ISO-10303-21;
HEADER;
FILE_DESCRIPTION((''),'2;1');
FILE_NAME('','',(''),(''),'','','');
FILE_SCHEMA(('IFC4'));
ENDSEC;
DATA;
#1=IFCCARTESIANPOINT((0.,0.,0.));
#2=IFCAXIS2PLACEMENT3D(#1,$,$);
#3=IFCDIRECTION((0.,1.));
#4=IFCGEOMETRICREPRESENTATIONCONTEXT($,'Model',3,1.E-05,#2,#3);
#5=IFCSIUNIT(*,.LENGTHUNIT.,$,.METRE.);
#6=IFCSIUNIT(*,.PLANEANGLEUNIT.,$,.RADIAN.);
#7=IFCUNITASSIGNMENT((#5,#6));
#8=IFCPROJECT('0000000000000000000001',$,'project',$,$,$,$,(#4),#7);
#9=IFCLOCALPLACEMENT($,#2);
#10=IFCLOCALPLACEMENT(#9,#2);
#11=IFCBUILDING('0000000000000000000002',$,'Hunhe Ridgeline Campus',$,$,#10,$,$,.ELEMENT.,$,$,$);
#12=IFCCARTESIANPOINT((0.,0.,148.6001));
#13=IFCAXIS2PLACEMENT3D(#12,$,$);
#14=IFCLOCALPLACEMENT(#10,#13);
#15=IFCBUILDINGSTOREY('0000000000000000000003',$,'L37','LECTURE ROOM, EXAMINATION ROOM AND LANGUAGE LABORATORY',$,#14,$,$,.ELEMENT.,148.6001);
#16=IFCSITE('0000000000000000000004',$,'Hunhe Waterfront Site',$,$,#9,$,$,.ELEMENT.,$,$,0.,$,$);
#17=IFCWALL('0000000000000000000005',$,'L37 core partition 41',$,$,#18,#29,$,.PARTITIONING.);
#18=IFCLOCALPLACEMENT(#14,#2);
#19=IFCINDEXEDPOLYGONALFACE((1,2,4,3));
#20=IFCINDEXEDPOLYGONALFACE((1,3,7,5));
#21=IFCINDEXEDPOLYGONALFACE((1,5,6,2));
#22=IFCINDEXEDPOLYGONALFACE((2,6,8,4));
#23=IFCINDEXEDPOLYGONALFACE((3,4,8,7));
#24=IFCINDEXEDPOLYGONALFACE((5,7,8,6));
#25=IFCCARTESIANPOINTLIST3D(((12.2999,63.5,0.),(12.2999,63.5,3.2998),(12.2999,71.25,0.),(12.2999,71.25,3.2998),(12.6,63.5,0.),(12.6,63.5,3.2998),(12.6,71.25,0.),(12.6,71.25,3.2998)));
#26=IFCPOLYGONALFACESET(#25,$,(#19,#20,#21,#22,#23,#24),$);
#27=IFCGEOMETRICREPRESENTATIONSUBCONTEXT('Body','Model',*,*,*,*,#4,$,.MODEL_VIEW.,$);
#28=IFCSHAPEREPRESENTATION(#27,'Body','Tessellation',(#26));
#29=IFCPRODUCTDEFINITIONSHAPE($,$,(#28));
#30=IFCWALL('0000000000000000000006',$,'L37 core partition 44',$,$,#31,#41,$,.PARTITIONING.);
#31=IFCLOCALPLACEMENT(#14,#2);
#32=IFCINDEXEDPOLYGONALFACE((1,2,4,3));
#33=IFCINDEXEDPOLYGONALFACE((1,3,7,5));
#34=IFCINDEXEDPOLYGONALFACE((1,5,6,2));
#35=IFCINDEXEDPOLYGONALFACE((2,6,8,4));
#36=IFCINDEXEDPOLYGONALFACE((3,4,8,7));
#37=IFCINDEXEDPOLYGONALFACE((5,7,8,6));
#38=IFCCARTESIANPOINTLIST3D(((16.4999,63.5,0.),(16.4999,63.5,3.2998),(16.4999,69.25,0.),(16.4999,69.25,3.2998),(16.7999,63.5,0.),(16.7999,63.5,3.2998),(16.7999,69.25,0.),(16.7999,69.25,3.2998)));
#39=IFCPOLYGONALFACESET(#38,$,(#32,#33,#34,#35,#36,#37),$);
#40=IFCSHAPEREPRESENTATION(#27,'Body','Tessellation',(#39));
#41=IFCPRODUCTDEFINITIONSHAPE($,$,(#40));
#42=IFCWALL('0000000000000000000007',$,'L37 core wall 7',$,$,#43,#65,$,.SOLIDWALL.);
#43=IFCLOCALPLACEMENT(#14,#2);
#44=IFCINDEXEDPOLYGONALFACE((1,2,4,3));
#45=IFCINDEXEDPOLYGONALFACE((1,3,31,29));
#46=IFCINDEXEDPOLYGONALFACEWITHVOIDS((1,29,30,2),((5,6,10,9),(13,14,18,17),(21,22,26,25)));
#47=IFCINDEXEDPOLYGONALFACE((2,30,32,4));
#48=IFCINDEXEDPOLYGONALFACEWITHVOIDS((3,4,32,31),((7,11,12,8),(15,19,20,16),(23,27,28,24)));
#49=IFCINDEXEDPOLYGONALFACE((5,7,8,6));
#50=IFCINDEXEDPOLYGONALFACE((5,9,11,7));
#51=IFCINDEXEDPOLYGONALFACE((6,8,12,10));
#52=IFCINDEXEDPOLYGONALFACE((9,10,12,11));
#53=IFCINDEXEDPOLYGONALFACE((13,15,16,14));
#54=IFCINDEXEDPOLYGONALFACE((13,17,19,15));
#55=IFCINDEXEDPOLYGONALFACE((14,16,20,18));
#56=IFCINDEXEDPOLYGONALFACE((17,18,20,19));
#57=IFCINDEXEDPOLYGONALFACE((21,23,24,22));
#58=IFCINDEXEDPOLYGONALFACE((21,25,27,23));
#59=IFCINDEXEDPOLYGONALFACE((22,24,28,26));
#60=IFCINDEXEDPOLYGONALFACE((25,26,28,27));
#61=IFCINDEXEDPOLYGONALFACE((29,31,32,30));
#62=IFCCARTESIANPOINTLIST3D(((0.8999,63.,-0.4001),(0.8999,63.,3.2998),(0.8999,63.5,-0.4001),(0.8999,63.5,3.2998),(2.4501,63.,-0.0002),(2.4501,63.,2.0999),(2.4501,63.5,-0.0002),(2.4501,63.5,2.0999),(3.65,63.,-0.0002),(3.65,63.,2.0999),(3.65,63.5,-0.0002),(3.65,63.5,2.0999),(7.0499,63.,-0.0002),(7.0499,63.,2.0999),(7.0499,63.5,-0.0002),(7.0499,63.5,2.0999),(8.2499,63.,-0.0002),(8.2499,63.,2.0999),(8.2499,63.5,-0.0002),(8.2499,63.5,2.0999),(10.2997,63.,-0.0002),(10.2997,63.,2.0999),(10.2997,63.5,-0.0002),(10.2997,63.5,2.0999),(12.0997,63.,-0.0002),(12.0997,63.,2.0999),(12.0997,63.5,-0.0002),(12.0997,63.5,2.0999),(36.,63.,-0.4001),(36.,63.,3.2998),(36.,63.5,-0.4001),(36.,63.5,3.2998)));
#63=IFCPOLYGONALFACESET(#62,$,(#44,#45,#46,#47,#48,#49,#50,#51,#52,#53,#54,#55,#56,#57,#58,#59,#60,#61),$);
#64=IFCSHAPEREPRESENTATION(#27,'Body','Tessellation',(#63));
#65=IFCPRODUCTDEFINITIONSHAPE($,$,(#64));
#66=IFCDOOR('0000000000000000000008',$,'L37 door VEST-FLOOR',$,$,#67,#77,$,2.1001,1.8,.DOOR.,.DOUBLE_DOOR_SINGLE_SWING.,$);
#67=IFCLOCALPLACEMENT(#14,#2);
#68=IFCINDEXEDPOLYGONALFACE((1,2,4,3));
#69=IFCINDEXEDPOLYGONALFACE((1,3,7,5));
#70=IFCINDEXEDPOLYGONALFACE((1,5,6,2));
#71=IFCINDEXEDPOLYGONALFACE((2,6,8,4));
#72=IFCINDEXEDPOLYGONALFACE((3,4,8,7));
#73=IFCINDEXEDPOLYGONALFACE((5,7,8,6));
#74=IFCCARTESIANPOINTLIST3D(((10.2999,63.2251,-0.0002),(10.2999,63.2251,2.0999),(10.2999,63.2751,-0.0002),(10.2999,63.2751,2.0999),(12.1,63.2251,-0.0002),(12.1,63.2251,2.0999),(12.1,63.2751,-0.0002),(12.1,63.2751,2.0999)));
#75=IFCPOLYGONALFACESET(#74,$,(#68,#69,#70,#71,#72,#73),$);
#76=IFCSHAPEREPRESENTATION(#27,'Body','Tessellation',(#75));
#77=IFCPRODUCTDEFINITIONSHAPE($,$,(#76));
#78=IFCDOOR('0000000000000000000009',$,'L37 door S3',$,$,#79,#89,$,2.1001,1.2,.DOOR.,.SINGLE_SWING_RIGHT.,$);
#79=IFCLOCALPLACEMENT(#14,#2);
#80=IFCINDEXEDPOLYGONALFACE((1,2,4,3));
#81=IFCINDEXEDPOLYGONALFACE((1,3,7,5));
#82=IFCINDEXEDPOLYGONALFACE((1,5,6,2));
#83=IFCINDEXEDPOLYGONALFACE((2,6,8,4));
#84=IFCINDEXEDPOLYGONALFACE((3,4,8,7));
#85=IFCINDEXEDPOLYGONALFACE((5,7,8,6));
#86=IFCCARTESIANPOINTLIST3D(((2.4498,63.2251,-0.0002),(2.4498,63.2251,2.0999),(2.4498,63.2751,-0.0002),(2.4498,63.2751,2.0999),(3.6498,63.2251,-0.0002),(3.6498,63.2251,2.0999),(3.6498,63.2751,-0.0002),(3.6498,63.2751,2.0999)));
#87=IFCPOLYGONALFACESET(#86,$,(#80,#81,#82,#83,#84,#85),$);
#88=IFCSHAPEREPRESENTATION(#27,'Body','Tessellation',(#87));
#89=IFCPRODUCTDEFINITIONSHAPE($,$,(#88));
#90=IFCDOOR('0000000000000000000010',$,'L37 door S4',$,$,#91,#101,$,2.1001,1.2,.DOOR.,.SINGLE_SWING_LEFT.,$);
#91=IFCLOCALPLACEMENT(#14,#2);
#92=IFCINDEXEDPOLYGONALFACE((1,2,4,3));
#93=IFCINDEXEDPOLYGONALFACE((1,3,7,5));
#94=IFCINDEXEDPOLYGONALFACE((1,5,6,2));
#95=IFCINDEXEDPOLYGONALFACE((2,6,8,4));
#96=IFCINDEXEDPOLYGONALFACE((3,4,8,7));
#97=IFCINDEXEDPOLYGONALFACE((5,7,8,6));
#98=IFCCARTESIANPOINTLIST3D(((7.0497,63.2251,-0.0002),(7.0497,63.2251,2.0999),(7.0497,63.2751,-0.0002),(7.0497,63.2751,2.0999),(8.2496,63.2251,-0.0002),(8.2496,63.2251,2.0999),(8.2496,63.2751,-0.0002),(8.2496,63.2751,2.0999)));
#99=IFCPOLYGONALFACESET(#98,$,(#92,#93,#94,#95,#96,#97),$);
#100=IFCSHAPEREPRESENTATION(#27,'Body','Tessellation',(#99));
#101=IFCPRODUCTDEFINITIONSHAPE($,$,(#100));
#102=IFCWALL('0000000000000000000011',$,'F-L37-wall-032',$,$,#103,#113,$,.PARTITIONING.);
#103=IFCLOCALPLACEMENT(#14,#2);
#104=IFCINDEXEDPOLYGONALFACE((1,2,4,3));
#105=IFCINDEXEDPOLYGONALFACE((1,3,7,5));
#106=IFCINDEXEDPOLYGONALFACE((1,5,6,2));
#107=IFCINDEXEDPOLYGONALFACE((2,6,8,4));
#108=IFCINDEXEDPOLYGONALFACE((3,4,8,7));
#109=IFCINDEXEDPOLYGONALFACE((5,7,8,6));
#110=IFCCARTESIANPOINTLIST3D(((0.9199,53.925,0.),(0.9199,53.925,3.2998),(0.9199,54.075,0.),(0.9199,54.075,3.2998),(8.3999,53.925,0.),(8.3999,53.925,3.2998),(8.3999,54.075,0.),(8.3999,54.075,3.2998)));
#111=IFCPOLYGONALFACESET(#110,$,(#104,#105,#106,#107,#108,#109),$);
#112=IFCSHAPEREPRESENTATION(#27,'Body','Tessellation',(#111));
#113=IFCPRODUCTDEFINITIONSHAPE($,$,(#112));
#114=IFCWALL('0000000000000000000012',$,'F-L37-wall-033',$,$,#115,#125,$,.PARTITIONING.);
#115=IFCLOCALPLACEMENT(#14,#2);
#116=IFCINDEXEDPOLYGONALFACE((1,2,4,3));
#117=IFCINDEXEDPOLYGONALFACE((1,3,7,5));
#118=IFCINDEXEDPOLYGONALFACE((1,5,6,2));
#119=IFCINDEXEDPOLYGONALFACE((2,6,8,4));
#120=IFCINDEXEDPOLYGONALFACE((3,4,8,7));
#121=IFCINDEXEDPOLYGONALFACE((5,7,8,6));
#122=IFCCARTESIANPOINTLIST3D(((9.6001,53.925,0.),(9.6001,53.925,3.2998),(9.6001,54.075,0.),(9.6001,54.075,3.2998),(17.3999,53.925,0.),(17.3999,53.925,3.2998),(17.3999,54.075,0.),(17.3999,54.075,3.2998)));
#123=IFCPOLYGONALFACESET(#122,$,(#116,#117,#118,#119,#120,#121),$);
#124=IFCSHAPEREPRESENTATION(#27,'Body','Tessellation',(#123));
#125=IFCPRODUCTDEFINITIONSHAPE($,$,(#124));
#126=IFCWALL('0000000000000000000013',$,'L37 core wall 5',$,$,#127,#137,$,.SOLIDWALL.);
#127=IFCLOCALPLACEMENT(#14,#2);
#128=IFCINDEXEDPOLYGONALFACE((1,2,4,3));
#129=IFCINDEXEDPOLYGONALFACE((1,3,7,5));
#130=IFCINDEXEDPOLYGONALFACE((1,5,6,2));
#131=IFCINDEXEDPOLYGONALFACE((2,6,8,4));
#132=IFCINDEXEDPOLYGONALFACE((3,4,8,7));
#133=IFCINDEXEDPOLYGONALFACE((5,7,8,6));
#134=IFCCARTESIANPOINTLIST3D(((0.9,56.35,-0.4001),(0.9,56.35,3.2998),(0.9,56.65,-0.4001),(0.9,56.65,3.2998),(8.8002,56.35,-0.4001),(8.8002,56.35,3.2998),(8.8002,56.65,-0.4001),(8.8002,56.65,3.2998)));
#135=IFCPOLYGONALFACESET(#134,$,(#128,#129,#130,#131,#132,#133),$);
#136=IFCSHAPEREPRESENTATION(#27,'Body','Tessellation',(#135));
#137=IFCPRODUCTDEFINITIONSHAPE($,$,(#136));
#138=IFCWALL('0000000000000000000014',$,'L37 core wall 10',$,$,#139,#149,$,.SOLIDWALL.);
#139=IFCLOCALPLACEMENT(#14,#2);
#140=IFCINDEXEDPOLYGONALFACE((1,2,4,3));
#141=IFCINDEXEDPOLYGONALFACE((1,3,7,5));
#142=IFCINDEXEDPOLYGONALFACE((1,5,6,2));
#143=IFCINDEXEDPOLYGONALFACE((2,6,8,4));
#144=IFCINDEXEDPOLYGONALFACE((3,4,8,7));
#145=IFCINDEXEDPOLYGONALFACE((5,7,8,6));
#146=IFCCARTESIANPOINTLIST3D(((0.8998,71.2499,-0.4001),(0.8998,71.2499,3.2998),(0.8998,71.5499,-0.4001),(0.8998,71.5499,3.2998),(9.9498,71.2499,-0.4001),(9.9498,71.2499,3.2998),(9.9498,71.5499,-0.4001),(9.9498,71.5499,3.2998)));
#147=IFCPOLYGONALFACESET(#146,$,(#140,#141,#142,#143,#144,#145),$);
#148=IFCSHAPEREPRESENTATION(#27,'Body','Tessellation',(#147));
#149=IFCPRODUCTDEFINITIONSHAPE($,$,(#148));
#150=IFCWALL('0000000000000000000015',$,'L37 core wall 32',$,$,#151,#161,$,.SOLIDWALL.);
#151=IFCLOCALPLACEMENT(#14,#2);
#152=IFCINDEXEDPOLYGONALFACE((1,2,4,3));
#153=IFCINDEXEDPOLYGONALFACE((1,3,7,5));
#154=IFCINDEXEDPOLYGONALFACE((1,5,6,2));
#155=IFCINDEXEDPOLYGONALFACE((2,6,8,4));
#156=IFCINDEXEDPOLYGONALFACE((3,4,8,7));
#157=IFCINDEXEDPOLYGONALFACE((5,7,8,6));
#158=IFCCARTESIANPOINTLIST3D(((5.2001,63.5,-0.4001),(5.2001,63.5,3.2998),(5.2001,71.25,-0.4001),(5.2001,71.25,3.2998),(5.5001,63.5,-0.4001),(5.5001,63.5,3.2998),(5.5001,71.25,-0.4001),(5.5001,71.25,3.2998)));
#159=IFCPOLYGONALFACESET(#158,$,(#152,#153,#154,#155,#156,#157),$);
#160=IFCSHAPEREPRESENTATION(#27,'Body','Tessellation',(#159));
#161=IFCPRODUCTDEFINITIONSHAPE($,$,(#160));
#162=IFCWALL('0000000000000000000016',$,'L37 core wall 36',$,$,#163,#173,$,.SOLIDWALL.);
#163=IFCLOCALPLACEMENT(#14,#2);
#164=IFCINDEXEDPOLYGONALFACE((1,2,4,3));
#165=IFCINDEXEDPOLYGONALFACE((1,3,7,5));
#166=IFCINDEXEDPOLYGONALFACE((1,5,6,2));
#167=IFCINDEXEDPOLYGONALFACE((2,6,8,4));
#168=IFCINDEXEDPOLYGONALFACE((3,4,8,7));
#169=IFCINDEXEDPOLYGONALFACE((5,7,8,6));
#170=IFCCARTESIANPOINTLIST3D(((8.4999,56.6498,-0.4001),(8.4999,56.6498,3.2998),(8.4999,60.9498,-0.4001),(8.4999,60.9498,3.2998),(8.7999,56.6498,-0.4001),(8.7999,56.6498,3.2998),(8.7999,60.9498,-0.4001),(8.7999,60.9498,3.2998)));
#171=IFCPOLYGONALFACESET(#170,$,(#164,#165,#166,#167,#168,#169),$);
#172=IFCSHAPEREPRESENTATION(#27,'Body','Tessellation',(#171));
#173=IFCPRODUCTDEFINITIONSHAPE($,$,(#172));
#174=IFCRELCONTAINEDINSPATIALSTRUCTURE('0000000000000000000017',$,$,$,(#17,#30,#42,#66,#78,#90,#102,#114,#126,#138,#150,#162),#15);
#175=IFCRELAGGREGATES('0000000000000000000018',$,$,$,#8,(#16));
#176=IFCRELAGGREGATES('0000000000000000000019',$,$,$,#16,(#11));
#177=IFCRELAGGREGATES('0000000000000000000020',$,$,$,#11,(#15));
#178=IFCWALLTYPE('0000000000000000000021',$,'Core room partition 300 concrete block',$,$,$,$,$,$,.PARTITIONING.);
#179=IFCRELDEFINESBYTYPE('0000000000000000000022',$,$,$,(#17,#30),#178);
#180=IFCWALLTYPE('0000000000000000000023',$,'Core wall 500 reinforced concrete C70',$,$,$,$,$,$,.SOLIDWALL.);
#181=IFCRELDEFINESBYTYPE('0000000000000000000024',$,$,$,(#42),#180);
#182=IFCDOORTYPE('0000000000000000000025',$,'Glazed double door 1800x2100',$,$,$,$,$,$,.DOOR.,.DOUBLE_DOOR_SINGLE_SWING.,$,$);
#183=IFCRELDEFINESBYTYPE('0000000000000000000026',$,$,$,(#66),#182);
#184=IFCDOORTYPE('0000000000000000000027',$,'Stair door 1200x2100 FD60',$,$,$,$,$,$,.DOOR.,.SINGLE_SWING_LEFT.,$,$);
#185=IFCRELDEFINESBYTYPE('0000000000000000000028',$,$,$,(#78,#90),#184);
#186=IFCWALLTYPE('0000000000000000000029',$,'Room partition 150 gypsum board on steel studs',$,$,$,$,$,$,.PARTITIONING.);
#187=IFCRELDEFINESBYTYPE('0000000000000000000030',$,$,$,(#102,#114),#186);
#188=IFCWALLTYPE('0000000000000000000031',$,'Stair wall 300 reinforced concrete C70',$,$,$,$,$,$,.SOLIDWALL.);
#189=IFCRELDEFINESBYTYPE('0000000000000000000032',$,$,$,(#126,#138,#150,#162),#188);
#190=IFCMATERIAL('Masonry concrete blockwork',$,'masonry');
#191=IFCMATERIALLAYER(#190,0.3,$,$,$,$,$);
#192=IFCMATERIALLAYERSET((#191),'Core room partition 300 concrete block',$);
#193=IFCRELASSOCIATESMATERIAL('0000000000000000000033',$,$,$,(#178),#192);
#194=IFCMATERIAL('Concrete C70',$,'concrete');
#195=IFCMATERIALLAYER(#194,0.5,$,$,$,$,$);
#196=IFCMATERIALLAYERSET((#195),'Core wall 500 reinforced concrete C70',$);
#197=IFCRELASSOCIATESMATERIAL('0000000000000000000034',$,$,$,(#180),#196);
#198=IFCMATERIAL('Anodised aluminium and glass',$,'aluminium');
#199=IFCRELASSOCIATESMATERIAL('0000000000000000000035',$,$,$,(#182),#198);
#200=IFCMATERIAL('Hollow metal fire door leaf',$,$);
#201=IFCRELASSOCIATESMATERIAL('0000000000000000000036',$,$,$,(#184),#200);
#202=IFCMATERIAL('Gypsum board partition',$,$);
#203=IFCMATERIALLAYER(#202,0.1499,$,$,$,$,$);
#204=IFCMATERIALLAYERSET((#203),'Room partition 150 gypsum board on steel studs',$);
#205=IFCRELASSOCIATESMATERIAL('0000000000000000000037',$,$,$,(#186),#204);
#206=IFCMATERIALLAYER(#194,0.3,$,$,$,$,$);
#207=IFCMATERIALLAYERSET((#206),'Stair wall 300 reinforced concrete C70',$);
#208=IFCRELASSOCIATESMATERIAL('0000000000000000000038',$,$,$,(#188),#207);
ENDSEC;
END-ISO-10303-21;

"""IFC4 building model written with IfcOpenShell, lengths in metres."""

from ifc_helpers import new_model, si_unit, direction, frame, frame_2d, origin, place, context, subcontext, project, spatial, rectangle, extrude, material, layer, layer_set, type_object, element, fill, save


model = new_model("IFC4")

# Units and contexts
model_context = context("Model", 3, precision=1e-05, world=origin(), true_north=direction((0.0, 1.0)))
body_context = subcontext(model_context, "Body", "Model", "MODEL_VIEW")
ifc_project = project(units=[si_unit("LENGTHUNIT", "METRE"), si_unit("PLANEANGLEUNIT", "RADIAN")], contexts=[model_context])

# Site, building, storey
site_placement = place(None, origin())
site = spatial("IfcSite", under=ifc_project, at=site_placement, Name="Hunhe Waterfront Site", CompositionType="ELEMENT", RefElevation=0.0)
building_placement = place(site_placement, origin())
building = spatial("IfcBuilding", under=site, at=building_placement, Name="Hunhe Ridgeline Campus", CompositionType="ELEMENT")
storey_placement = place(building_placement, frame((0.0, 0.0, 148.6001)))
storey = spatial("IfcBuildingStorey", under=building, at=storey_placement, Name="L37", Description="LECTURE ROOM, EXAMINATION ROOM AND LANGUAGE LABORATORY", CompositionType="ELEMENT", Elevation=148.6001)

# Shared definitions
ifc_material_1 = material(Name="Masonry concrete blockwork", Category="masonry")
ifc_layer_1 = layer(ifc_material_1, 0.3)
ifc_layer_set_1 = layer_set([ifc_layer_1], Name="Core room partition 300 concrete block")
wall_type_1 = type_object("IfcWallType", Name="Core room partition 300 concrete block", PredefinedType="PARTITIONING", material=ifc_layer_set_1)

# Walls
wall_1_placement = place(storey_placement, frame((12.45, 63.5, 0.0), z_axis=(0.0, 0.0, 1.0), x_axis=(0.0, 1.0, 0.0)))
element("IfcWall", 1, at=wall_1_placement, inside=storey, type_object=wall_type_1, Name="L37 core partition 41", PredefinedType="PARTITIONING", context=body_context, shape_type="SweptSolid", body=[
    extrude(rectangle(XDim=7.75, YDim=0.3, at=frame_2d((3.875, 0.0))), origin(), (0.0, 0.0, 1.0), 3.2998),
])
wall_2_placement = place(storey_placement, frame((16.6499, 63.5, 0.0), z_axis=(0.0, 0.0, 1.0), x_axis=(0.0, 1.0, 0.0)))
element("IfcWall", 2, at=wall_2_placement, inside=storey, type_object=wall_type_1, Name="L37 core partition 44", PredefinedType="PARTITIONING", context=body_context, shape_type="SweptSolid", body=[
    extrude(rectangle(XDim=5.75, YDim=0.3, at=frame_2d((2.875, 0.0))), origin(), (0.0, 0.0, 1.0), 3.2998),
])

# Wall, openings, doors
ifc_material_2 = material(Name="Concrete C70", Category="concrete")
ifc_layer_2 = layer(ifc_material_2, 0.5)
ifc_layer_set_2 = layer_set([ifc_layer_2], Name="Core wall 500 reinforced concrete C70")
wall_type_2 = type_object("IfcWallType", Name="Core wall 500 reinforced concrete C70", PredefinedType="SOLIDWALL", material=ifc_layer_set_2)
wall_3_placement = place(storey_placement, frame((0.8999, 63.25, -0.4001), z_axis=(0.0, 0.0, 1.0), x_axis=(1.0, 0.0, 0.0)))
wall_3 = element("IfcWall", 3, at=wall_3_placement, inside=storey, type_object=wall_type_2, Name="L37 core wall 7", PredefinedType="SOLIDWALL", context=body_context, shape_type="SweptSolid", body=[
    extrude(rectangle(XDim=35.1001, YDim=0.5, at=frame_2d((17.55, 0.0))), origin(), (0.0, 0.0, 1.0), 3.7),
])
opening_1_placement = place(wall_3_placement, frame((9.3999, 0.0, 0.3999)))
opening_1 = element("IfcOpeningElement", 4, at=opening_1_placement, cuts=wall_3, PredefinedType="OPENING", context=body_context, shape_type="SweptSolid", body=[
    extrude(rectangle(XDim=1.8, YDim=2.1001, at=frame_2d((0.8999, 1.05))), frame((0.0, 0.25, 0.0), z_axis=(0.0, -1.0, 0.0), x_axis=(1.0, 0.0, 0.0)), (0.0, 0.0, 1.0), 0.5),
])
opening_2_placement = place(wall_3_placement, frame((1.55, 0.0, 0.3999)))
opening_2 = element("IfcOpeningElement", 5, at=opening_2_placement, cuts=wall_3, PredefinedType="OPENING", context=body_context, shape_type="SweptSolid", body=[
    extrude(rectangle(XDim=1.2, YDim=2.1001, at=frame_2d((0.6001, 1.05))), frame((0.0, 0.25, 0.0), z_axis=(0.0, -1.0, 0.0), x_axis=(1.0, 0.0, 0.0)), (0.0, 0.0, 1.0), 0.5),
])
opening_3_placement = place(wall_3_placement, frame((6.1499, 0.0, 0.3999)))
opening_3 = element("IfcOpeningElement", 6, at=opening_3_placement, cuts=wall_3, PredefinedType="OPENING", context=body_context, shape_type="SweptSolid", body=[
    extrude(rectangle(XDim=1.2, YDim=2.1001, at=frame_2d((0.6001, 1.05))), frame((0.0, 0.25, 0.0), z_axis=(0.0, -1.0, 0.0), x_axis=(1.0, 0.0, 0.0)), (0.0, 0.0, 1.0), 0.5),
])
ifc_material_3 = material(Name="Anodised aluminium and glass", Category="aluminium")
door_type_1 = type_object("IfcDoorType", Name="Glazed double door 1800x2100", OperationType="DOUBLE_DOOR_SINGLE_SWING", PredefinedType="DOOR", material=ifc_material_3)
door_1_placement = place(opening_1_placement, frame((1.8, 0.0, 0.0), z_axis=(0.0, 0.0, 1.0), x_axis=(-1.0, 0.0, 0.0)))
door_1 = element("IfcDoor", 7, at=door_1_placement, inside=storey, type_object=door_type_1, Name="L37 door VEST-FLOOR", OperationType="DOUBLE_DOOR_SINGLE_SWING", OverallHeight=2.1001, OverallWidth=1.8, PredefinedType="DOOR", context=body_context, shape_type="SweptSolid", body=[
    extrude(rectangle(XDim=1.8, YDim=2.1001, at=frame_2d((0.8999, 1.05))), frame((0.0, 0.0249, 0.0), z_axis=(0.0, -1.0, 0.0), x_axis=(1.0, 0.0, 0.0)), (0.0, 0.0, 1.0), 0.05),
])
fill(opening_1, door_1)
ifc_material_4 = material(Name="Hollow metal fire door leaf")
door_type_2 = type_object("IfcDoorType", Name="Stair door 1200x2100 FD60", OperationType="SINGLE_SWING_LEFT", PredefinedType="DOOR", material=ifc_material_4)
door_2_placement = place(opening_2_placement, frame((1.2, 0.0, 0.0), z_axis=(0.0, 0.0, 1.0), x_axis=(-1.0, 0.0, 0.0)))
door_2 = element("IfcDoor", 8, at=door_2_placement, inside=storey, type_object=door_type_2, Name="L37 door S3", OperationType="SINGLE_SWING_RIGHT", OverallHeight=2.1001, OverallWidth=1.2, PredefinedType="DOOR", context=body_context, shape_type="SweptSolid", body=[
    extrude(rectangle(XDim=1.2, YDim=2.1001, at=frame_2d((0.6001, 1.05))), frame((0.0, 0.0249, 0.0), z_axis=(0.0, -1.0, 0.0), x_axis=(1.0, 0.0, 0.0)), (0.0, 0.0, 1.0), 0.05),
])
fill(opening_2, door_2)
door_3_placement = place(opening_3_placement, frame((1.2, 0.0, 0.0), z_axis=(0.0, 0.0, 1.0), x_axis=(-1.0, 0.0, 0.0)))
door_3 = element("IfcDoor", 9, at=door_3_placement, inside=storey, type_object=door_type_2, Name="L37 door S4", OperationType="SINGLE_SWING_LEFT", OverallHeight=2.1001, OverallWidth=1.2, PredefinedType="DOOR", context=body_context, shape_type="SweptSolid", body=[
    extrude(rectangle(XDim=1.2, YDim=2.1001, at=frame_2d((0.6001, 1.05))), frame((0.0, 0.0249, 0.0), z_axis=(0.0, -1.0, 0.0), x_axis=(1.0, 0.0, 0.0)), (0.0, 0.0, 1.0), 0.05),
])
fill(opening_3, door_3)

# Walls
ifc_material_5 = material(Name="Gypsum board partition")
ifc_layer_3 = layer(ifc_material_5, 0.1499)
ifc_layer_set_3 = layer_set([ifc_layer_3], Name="Room partition 150 gypsum board on steel studs")
wall_type_3 = type_object("IfcWallType", Name="Room partition 150 gypsum board on steel studs", PredefinedType="PARTITIONING", material=ifc_layer_set_3)
wall_4_placement = place(storey_placement, frame((0.9199, 54.0, 0.0), z_axis=(0.0, 0.0, 1.0), x_axis=(1.0, 0.0, 0.0)))
element("IfcWall", 10, at=wall_4_placement, inside=storey, type_object=wall_type_3, Name="F-L37-wall-032", PredefinedType="PARTITIONING", context=body_context, shape_type="SweptSolid", body=[
    extrude(rectangle(XDim=7.48, YDim=0.1499, at=frame_2d((3.74, 0.0))), origin(), (0.0, 0.0, 1.0), 3.2998),
])
wall_5_placement = place(storey_placement, frame((9.6001, 54.0, 0.0), z_axis=(0.0, 0.0, 1.0), x_axis=(1.0, 0.0, 0.0)))
element("IfcWall", 11, at=wall_5_placement, inside=storey, type_object=wall_type_3, Name="F-L37-wall-033", PredefinedType="PARTITIONING", context=body_context, shape_type="SweptSolid", body=[
    extrude(rectangle(XDim=7.7998, YDim=0.1499, at=frame_2d((3.8999, 0.0))), origin(), (0.0, 0.0, 1.0), 3.2998),
])
ifc_layer_4 = layer(ifc_material_2, 0.3)
ifc_layer_set_4 = layer_set([ifc_layer_4], Name="Stair wall 300 reinforced concrete C70")
wall_type_4 = type_object("IfcWallType", Name="Stair wall 300 reinforced concrete C70", PredefinedType="SOLIDWALL", material=ifc_layer_set_4)
wall_6_placement = place(storey_placement, frame((0.8999, 56.5, -0.4001), z_axis=(0.0, 0.0, 1.0), x_axis=(1.0, 0.0, 0.0)))
element("IfcWall", 12, at=wall_6_placement, inside=storey, type_object=wall_type_4, Name="L37 core wall 5", PredefinedType="SOLIDWALL", context=body_context, shape_type="SweptSolid", body=[
    extrude(rectangle(XDim=7.9001, YDim=0.3, at=frame_2d((3.9502, 0.0))), origin(), (0.0, 0.0, 1.0), 3.7),
])

# Walls
wall_7_placement = place(storey_placement, frame((0.8999, 71.3999, -0.4001), z_axis=(0.0, 0.0, 1.0), x_axis=(1.0, 0.0, 0.0)))
element("IfcWall", 13, at=wall_7_placement, inside=storey, type_object=wall_type_4, Name="L37 core wall 10", PredefinedType="SOLIDWALL", context=body_context, shape_type="SweptSolid", body=[
    extrude(rectangle(XDim=9.05, YDim=0.3, at=frame_2d((4.5249, 0.0))), origin(), (0.0, 0.0, 1.0), 3.7),
])
wall_8_placement = place(storey_placement, frame((5.3501, 63.5, -0.4001), z_axis=(0.0, 0.0, 1.0), x_axis=(0.0, 1.0, 0.0)))
element("IfcWall", 14, at=wall_8_placement, inside=storey, type_object=wall_type_4, Name="L37 core wall 32", PredefinedType="SOLIDWALL", context=body_context, shape_type="SweptSolid", body=[
    extrude(rectangle(XDim=7.75, YDim=0.3, at=frame_2d((3.875, 0.0))), origin(), (0.0, 0.0, 1.0), 3.7),
])
wall_9_placement = place(storey_placement, frame((8.6499, 56.6499, -0.4001), z_axis=(0.0, 0.0, 1.0), x_axis=(0.0, 1.0, 0.0)))
element("IfcWall", 15, at=wall_9_placement, inside=storey, type_object=wall_type_4, Name="L37 core wall 36", PredefinedType="SOLIDWALL", context=body_context, shape_type="SweptSolid", body=[
    extrude(rectangle(XDim=4.3, YDim=0.3, at=frame_2d((2.1499, 0.0))), origin(), (0.0, 0.0, 1.0), 3.7),
])

save(model, "model.ifc")
